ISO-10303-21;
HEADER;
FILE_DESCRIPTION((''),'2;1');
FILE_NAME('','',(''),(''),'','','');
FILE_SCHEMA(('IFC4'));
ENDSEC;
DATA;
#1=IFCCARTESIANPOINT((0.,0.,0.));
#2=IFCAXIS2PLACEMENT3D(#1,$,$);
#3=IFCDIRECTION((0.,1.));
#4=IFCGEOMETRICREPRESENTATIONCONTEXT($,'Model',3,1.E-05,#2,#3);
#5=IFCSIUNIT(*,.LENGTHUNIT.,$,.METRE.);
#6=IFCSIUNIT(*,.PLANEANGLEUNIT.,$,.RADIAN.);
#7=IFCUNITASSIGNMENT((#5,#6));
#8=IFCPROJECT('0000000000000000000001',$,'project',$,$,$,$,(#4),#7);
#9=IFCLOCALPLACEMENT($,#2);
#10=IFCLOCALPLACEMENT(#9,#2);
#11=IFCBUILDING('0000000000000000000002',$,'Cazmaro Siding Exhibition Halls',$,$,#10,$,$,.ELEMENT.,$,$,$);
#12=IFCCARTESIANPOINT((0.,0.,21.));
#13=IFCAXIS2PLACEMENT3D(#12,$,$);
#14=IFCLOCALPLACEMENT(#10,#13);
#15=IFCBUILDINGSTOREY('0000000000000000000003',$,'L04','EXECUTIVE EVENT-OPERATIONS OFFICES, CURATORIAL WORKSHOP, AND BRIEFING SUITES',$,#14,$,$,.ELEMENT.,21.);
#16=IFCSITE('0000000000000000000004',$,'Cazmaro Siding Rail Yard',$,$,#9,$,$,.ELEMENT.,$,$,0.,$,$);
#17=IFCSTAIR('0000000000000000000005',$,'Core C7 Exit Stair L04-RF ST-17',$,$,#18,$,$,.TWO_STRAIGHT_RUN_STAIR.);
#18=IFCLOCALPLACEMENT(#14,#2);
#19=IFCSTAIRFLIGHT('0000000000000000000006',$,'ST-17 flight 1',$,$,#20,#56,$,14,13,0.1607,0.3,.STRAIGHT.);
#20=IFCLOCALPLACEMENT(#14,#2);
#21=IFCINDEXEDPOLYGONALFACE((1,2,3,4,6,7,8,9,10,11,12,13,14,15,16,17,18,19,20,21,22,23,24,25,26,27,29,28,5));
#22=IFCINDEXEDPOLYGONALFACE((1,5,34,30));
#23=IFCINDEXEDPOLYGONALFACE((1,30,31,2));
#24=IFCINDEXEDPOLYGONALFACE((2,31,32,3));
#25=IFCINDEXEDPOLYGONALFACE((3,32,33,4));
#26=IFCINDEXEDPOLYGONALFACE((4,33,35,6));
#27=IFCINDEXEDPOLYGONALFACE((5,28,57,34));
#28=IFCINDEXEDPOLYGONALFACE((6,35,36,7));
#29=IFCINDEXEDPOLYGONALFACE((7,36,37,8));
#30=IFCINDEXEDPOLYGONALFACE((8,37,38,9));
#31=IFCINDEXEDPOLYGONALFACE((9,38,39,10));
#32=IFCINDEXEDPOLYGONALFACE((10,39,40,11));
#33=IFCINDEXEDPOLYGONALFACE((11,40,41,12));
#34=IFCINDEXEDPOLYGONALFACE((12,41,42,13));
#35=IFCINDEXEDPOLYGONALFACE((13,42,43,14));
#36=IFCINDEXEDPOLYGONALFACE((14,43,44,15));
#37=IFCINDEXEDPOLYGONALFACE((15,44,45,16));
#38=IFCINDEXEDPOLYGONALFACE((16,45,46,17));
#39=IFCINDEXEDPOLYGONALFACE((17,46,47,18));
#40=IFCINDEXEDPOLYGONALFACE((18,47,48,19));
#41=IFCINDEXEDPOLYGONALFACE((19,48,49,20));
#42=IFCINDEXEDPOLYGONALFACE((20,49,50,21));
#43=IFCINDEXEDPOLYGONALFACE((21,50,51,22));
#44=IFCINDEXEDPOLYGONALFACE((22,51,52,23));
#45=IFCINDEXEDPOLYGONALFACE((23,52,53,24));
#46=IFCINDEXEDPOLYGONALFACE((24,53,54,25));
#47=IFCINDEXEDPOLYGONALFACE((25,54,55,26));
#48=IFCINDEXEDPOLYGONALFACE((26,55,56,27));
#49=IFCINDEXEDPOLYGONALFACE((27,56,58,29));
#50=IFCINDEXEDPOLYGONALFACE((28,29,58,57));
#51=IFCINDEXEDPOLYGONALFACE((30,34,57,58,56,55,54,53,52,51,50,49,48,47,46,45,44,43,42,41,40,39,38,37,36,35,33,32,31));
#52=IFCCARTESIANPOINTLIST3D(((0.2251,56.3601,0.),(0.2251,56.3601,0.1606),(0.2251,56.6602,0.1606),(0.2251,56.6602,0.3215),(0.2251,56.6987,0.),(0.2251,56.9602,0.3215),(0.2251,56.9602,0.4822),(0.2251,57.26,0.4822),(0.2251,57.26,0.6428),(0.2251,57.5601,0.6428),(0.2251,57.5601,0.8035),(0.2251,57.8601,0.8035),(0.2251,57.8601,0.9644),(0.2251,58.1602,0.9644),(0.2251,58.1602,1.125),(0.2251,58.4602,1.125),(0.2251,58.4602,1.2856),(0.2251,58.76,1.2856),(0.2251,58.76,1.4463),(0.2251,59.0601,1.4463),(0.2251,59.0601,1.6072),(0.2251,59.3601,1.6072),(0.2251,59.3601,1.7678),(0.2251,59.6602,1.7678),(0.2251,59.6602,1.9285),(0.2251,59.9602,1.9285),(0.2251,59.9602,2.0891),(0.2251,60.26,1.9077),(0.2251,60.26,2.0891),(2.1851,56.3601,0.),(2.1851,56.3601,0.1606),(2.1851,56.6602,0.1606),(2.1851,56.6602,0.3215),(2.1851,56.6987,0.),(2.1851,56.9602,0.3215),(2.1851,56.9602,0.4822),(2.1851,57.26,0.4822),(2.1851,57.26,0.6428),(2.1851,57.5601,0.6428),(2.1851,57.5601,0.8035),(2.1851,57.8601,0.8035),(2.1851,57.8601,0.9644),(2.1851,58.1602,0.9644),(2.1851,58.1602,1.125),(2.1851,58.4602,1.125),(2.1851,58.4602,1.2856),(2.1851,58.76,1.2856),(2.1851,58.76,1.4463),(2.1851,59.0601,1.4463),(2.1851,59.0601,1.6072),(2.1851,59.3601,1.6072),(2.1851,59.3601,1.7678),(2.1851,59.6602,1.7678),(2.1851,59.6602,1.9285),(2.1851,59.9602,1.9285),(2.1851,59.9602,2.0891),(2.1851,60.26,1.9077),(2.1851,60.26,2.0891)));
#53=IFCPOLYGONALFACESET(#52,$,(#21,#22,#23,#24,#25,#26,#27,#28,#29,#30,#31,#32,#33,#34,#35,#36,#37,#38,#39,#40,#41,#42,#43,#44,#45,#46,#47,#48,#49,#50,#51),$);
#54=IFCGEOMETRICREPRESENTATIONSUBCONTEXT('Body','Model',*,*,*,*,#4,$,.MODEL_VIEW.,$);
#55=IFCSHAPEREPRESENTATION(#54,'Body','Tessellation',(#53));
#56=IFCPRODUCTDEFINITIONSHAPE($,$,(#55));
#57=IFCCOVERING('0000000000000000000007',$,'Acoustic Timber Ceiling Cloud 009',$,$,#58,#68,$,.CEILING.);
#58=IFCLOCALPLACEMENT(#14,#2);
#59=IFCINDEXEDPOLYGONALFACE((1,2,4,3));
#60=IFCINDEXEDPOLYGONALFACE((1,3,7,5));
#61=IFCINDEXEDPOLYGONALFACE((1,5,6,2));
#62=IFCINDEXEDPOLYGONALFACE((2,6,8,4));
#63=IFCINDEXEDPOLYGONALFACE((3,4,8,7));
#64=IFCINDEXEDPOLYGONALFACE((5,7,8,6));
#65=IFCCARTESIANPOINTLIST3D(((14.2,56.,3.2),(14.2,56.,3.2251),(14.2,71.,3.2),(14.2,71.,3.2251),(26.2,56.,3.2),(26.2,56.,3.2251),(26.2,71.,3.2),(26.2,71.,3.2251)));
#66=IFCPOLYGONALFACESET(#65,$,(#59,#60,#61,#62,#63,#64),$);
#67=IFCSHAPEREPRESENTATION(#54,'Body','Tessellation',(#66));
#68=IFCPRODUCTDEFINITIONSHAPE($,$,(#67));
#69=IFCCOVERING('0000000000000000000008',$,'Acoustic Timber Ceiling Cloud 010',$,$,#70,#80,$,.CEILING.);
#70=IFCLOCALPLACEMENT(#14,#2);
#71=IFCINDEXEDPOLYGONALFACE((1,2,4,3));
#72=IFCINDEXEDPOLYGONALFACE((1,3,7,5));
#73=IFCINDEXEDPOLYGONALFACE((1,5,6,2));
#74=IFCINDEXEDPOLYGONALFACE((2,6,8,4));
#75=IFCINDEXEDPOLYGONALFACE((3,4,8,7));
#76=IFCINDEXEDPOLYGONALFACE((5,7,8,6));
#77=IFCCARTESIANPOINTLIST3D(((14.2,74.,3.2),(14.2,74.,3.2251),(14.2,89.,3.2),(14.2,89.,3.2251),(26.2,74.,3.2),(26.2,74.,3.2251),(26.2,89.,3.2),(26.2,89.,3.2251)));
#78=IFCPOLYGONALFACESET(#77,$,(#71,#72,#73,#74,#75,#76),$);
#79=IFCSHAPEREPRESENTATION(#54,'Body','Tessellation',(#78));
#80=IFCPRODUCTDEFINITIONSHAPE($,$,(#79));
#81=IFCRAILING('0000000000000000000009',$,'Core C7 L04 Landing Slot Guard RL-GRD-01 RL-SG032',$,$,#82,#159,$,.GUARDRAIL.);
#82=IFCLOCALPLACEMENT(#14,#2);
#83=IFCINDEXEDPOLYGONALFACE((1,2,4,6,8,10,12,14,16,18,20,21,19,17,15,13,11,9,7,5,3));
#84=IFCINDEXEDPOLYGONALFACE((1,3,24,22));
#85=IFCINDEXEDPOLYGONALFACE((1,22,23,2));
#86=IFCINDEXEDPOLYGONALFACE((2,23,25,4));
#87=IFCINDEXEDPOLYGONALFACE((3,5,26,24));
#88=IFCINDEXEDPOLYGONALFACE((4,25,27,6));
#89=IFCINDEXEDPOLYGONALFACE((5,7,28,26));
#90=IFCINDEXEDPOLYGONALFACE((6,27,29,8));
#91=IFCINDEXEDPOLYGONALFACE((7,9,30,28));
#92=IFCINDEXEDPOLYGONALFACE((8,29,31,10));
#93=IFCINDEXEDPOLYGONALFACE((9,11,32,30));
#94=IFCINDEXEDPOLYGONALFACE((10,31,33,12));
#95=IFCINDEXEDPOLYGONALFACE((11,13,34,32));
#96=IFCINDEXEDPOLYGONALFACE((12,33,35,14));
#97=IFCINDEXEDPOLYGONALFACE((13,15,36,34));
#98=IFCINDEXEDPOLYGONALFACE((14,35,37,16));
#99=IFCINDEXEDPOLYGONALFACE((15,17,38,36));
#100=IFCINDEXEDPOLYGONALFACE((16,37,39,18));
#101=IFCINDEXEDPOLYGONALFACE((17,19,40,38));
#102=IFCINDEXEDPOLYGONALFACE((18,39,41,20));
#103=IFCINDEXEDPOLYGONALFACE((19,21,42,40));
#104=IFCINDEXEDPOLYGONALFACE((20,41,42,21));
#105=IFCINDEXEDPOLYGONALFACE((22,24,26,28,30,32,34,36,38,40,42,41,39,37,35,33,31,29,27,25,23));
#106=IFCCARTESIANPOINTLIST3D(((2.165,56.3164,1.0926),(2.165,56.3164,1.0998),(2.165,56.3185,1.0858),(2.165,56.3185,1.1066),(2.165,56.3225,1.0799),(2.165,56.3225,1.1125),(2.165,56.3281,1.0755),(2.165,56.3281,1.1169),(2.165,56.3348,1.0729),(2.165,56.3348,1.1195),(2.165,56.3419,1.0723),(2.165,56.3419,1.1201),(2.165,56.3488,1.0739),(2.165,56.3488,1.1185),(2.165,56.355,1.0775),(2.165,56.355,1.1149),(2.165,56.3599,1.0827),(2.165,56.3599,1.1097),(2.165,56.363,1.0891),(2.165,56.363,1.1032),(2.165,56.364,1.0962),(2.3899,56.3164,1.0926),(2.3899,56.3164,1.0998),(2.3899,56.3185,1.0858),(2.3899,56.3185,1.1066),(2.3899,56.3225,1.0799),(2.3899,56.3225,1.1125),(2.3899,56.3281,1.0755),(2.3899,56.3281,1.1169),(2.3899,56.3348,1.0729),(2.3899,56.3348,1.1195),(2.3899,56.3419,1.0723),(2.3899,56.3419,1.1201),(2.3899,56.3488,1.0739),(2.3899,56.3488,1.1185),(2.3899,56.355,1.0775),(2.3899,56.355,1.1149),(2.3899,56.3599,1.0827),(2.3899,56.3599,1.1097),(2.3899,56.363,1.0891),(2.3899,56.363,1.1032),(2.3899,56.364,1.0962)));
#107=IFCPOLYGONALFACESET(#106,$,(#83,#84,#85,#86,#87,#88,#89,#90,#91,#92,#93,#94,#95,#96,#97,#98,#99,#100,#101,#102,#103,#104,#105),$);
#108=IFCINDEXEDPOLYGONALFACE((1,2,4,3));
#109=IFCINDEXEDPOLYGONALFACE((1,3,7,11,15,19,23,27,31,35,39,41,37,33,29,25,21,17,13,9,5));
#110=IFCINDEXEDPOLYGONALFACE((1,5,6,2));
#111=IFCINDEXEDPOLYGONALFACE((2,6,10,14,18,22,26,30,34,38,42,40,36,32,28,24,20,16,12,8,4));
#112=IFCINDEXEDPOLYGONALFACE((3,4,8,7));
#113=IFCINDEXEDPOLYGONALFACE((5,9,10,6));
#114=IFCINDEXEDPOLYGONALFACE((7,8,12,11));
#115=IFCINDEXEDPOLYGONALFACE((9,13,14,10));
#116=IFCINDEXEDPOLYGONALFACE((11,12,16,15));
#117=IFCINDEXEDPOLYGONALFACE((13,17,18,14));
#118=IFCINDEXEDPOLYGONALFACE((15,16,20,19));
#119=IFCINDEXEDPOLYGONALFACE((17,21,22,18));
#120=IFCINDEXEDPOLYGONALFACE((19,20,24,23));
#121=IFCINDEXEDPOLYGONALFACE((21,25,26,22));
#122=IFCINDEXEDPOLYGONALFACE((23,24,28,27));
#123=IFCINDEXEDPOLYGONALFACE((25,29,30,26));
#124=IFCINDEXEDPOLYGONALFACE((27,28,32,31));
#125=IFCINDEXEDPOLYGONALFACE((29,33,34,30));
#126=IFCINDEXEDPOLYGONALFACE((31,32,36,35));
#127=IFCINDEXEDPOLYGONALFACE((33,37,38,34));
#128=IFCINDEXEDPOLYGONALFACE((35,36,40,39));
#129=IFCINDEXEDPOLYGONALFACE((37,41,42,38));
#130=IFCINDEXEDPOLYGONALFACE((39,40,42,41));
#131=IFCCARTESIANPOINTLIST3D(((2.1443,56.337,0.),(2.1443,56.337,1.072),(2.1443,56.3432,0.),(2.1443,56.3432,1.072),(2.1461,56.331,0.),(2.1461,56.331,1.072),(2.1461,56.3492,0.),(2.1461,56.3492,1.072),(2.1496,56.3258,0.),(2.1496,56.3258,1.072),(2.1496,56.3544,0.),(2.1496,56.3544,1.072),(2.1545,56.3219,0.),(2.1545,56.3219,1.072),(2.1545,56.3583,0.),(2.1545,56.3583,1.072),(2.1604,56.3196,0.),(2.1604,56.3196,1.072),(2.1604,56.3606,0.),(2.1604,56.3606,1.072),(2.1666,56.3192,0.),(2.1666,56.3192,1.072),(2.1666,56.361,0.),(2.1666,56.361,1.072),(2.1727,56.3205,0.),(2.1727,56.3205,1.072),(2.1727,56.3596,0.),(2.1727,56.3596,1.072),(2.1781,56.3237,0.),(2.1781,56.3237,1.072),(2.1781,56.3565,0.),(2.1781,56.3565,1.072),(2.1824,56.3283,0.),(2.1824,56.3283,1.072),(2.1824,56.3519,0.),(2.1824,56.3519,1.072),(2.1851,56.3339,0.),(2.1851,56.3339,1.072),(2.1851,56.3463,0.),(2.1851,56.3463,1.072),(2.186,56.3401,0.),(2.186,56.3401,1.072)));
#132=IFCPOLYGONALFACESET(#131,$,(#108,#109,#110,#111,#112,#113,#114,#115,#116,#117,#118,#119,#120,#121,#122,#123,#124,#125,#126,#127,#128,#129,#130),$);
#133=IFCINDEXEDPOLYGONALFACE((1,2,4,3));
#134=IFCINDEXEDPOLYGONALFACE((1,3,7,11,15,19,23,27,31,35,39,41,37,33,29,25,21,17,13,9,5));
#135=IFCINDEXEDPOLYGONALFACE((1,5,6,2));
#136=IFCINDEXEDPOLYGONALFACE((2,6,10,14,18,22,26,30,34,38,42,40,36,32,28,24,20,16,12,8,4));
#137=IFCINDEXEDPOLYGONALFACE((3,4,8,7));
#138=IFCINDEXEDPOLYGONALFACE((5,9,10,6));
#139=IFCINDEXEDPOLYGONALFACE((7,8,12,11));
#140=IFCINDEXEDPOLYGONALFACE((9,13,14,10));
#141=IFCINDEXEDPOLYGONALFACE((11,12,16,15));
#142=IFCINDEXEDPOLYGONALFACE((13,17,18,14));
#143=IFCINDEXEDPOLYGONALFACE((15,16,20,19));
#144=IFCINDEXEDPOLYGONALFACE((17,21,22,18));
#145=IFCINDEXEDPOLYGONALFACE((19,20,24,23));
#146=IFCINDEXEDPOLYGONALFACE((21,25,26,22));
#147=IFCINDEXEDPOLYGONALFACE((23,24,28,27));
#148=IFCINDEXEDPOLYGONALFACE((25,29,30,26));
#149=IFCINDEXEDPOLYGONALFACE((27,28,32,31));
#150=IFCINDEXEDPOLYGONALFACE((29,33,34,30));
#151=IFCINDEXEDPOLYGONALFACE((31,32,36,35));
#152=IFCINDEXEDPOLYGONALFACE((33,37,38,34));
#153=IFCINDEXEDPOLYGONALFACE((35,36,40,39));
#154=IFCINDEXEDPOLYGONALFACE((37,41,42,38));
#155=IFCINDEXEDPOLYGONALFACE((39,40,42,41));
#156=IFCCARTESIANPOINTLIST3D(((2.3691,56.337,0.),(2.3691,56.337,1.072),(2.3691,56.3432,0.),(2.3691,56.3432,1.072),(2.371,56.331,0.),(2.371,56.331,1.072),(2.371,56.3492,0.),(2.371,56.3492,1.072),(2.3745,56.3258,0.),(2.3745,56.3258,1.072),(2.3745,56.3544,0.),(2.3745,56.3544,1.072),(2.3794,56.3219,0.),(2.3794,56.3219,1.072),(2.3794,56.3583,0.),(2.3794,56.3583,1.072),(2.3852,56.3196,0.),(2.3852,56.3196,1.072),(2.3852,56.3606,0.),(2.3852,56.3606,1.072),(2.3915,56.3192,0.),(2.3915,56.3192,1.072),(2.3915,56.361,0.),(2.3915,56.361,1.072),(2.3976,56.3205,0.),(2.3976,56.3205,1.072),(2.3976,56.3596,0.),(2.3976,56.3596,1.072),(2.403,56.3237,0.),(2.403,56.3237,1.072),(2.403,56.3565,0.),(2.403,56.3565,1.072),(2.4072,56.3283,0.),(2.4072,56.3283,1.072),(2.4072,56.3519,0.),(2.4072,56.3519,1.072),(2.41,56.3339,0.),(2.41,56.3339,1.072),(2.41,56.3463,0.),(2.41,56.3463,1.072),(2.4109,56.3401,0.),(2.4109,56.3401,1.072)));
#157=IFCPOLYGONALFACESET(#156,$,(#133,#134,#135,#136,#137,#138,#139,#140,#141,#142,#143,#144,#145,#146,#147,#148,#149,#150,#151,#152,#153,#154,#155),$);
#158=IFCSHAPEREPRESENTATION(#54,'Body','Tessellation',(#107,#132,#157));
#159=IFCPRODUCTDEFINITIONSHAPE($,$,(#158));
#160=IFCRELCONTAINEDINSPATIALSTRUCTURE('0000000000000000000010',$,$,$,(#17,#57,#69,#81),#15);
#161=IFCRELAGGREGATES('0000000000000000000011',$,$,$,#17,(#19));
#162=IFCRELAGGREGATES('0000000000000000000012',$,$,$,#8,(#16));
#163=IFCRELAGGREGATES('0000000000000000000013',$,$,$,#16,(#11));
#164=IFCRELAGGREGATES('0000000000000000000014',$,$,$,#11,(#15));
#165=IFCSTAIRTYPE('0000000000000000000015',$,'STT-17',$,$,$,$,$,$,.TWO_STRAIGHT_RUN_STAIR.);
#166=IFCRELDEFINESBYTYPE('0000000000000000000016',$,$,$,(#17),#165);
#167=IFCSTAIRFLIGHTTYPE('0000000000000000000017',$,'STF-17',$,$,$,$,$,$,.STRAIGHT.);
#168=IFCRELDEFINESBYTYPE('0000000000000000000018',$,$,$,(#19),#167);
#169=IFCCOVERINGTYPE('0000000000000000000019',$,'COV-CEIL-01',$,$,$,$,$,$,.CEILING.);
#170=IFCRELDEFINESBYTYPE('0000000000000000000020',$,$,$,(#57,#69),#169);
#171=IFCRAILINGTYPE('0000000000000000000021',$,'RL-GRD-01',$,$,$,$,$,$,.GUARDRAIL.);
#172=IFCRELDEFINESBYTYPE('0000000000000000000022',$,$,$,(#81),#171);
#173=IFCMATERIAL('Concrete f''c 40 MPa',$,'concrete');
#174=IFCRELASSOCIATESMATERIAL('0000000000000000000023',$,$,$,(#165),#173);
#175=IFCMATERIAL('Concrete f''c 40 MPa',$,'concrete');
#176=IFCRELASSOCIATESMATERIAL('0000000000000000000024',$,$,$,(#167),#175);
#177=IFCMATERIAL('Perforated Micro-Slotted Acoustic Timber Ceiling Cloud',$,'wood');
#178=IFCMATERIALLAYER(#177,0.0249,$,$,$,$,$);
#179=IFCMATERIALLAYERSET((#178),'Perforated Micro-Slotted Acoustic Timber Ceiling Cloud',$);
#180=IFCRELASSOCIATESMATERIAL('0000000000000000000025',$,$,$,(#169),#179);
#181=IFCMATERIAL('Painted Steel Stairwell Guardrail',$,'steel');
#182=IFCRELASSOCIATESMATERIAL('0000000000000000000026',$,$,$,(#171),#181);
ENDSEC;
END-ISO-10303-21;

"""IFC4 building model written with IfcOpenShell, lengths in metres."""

from ifc_helpers import new_model, si_unit, direction, frame, origin, origin_2d, place, context, subcontext, project, spatial, polyline, circle, outline, extrude, material, layer, layer_set, type_object, element, aggregate, save


model = new_model("IFC4")

# Units and contexts
model_context = context("Model", 3, precision=1e-05, world=origin(), true_north=direction((0.0, 1.0)))
body_context = subcontext(model_context, "Body", "Model", "MODEL_VIEW")
ifc_project = project(units=[si_unit("LENGTHUNIT", "METRE"), si_unit("PLANEANGLEUNIT", "RADIAN")], contexts=[model_context])

# Site, building, storey
site_placement = place(None, origin())
site = spatial("IfcSite", under=ifc_project, at=site_placement, Name="Cazmaro Siding Rail Yard", CompositionType="ELEMENT", RefElevation=0.0)
building_placement = place(site_placement, origin())
building = spatial("IfcBuilding", under=site, at=building_placement, Name="Cazmaro Siding Exhibition Halls", CompositionType="ELEMENT")
storey_placement = place(building_placement, frame((0.0, 0.0, 21.0)))
storey = spatial("IfcBuildingStorey", under=building, at=storey_placement, Name="L04", Description="EXECUTIVE EVENT-OPERATIONS OFFICES, CURATORIAL WORKSHOP, AND BRIEFING SUITES", CompositionType="ELEMENT", Elevation=21.0)

# Stair
ifc_material_1 = material(Name="Concrete f'c 40 MPa", Category="concrete")
stair_type = type_object("IfcStairType", Name="STT-17", PredefinedType="TWO_STRAIGHT_RUN_STAIR", material=ifc_material_1)
stair_placement = place(storey_placement, origin())
stair = element("IfcStair", 1, at=stair_placement, inside=storey, type_object=stair_type, Name="Core C7 Exit Stair L04-RF ST-17", PredefinedType="TWO_STRAIGHT_RUN_STAIR")

# Stair flight
ifc_material_2 = material(Name="Concrete f'c 40 MPa", Category="concrete")
stair_flight_type = type_object("IfcStairFlightType", Name="STF-17", PredefinedType="STRAIGHT", material=ifc_material_2)
stair_flight_placement = place(storey_placement, frame((1.2051, 56.3601, 0.0), z_axis=(0.0, 0.0, 1.0), x_axis=(0.0, 1.0, 0.0)))
stair_flight = element("IfcStairFlight", 2, at=stair_flight_placement, type_object=stair_flight_type, Name="ST-17 flight 1", NumberOfRisers=14, NumberOfTreads=13, PredefinedType="STRAIGHT", RiserHeight=0.1607, TreadLength=0.3, context=body_context, shape_type="SweptSolid", body=[
    extrude(outline(polyline([(0.0, 0.0), (0.0, 0.1606), (0.3, 0.1606), (0.3, 0.3215), (0.6001, 0.3215), (0.6001, 0.4822), (0.8999, 0.4822), (0.8999, 0.6428), (1.2, 0.6428), (1.2, 0.8035), (1.5, 0.8035), (1.5, 0.9644), (1.8, 0.9644), (1.8, 1.125), (2.1001, 1.125), (2.1001, 1.2856), (2.3999, 1.2856), (2.3999, 1.4463), (2.7, 1.4463), (2.7, 1.6072), (3.0, 1.6072), (3.0, 1.7678), (3.3, 1.7678), (3.3, 1.9285), (3.6001, 1.9285), (3.6001, 2.0891), (3.8999, 2.0891), (3.8999, 2.25), (3.8999, 1.9077), (0.3386, 0.0), (0.0, 0.0)])), frame((0.0, 0.98, 0.0), z_axis=(0.0, -1.0, 0.0), x_axis=(1.0, 0.0, 0.0)), (0.0, 0.0, 1.0), 1.96),
])
aggregate(stair, [stair_flight])

# Coverings
ifc_material_3 = material(Name="Perforated Micro-Slotted Acoustic Timber Ceiling Cloud", Category="wood")
ifc_layer_1 = layer(ifc_material_3, 0.0249)
ifc_layer_set_1 = layer_set([ifc_layer_1], Name="Perforated Micro-Slotted Acoustic Timber Ceiling Cloud")
covering_type = type_object("IfcCoveringType", Name="COV-CEIL-01", PredefinedType="CEILING", material=ifc_layer_set_1)
covering_1_placement = place(storey_placement, frame((0.0, 0.0, 3.2)))
element("IfcCovering", 3, at=covering_1_placement, inside=storey, type_object=covering_type, Name="Acoustic Timber Ceiling Cloud 009", PredefinedType="CEILING", context=body_context, shape_type="SweptSolid", body=[
    extrude(outline(polyline([(14.2, 56.0), (26.2, 56.0), (26.2, 71.0), (14.2, 71.0), (14.2, 56.0)])), origin(), (0.0, 0.0, 1.0), 0.0251),
])
covering_2_placement = place(storey_placement, frame((0.0, 0.0, 3.2)))
element("IfcCovering", 4, at=covering_2_placement, inside=storey, type_object=covering_type, Name="Acoustic Timber Ceiling Cloud 010", PredefinedType="CEILING", context=body_context, shape_type="SweptSolid", body=[
    extrude(outline(polyline([(14.2, 74.0), (26.2, 74.0), (26.2, 89.0), (14.2, 89.0), (14.2, 74.0)])), origin(), (0.0, 0.0, 1.0), 0.0251),
])

# Railing
ifc_material_4 = material(Name="Painted Steel Stairwell Guardrail", Category="steel")
railing_type_1 = type_object("IfcRailingType", Name="RL-GRD-01", PredefinedType="GUARDRAIL", material=ifc_material_4)
railing_1_placement = place(storey_placement, frame((2.165, 56.3401, 0.0)))
element("IfcRailing", 5, at=railing_1_placement, inside=storey, type_object=railing_type_1, Name="Core C7 L04 Landing Slot Guard RL-GRD-01 RL-SG032", PredefinedType="GUARDRAIL", context=body_context, shape_type="SweptSolid", body=[
    extrude(circle(Radius=0.0239, at=origin_2d()), frame((0.0, 0.0, 1.0962), z_axis=(1.0, 0.0, 0.0), x_axis=(0.0, 1.0, 0.0)), (0.0, 0.0, 1.0), 0.2249),
    extrude(circle(Radius=0.021, at=origin_2d()), origin(), (0.0, 0.0, 1.0), 1.072),
    extrude(circle(Radius=0.021, at=origin_2d()), frame((0.2249, 0.0, 0.0)), (0.0, 0.0, 1.0), 1.072),
])

save(model, "model.ifc")
